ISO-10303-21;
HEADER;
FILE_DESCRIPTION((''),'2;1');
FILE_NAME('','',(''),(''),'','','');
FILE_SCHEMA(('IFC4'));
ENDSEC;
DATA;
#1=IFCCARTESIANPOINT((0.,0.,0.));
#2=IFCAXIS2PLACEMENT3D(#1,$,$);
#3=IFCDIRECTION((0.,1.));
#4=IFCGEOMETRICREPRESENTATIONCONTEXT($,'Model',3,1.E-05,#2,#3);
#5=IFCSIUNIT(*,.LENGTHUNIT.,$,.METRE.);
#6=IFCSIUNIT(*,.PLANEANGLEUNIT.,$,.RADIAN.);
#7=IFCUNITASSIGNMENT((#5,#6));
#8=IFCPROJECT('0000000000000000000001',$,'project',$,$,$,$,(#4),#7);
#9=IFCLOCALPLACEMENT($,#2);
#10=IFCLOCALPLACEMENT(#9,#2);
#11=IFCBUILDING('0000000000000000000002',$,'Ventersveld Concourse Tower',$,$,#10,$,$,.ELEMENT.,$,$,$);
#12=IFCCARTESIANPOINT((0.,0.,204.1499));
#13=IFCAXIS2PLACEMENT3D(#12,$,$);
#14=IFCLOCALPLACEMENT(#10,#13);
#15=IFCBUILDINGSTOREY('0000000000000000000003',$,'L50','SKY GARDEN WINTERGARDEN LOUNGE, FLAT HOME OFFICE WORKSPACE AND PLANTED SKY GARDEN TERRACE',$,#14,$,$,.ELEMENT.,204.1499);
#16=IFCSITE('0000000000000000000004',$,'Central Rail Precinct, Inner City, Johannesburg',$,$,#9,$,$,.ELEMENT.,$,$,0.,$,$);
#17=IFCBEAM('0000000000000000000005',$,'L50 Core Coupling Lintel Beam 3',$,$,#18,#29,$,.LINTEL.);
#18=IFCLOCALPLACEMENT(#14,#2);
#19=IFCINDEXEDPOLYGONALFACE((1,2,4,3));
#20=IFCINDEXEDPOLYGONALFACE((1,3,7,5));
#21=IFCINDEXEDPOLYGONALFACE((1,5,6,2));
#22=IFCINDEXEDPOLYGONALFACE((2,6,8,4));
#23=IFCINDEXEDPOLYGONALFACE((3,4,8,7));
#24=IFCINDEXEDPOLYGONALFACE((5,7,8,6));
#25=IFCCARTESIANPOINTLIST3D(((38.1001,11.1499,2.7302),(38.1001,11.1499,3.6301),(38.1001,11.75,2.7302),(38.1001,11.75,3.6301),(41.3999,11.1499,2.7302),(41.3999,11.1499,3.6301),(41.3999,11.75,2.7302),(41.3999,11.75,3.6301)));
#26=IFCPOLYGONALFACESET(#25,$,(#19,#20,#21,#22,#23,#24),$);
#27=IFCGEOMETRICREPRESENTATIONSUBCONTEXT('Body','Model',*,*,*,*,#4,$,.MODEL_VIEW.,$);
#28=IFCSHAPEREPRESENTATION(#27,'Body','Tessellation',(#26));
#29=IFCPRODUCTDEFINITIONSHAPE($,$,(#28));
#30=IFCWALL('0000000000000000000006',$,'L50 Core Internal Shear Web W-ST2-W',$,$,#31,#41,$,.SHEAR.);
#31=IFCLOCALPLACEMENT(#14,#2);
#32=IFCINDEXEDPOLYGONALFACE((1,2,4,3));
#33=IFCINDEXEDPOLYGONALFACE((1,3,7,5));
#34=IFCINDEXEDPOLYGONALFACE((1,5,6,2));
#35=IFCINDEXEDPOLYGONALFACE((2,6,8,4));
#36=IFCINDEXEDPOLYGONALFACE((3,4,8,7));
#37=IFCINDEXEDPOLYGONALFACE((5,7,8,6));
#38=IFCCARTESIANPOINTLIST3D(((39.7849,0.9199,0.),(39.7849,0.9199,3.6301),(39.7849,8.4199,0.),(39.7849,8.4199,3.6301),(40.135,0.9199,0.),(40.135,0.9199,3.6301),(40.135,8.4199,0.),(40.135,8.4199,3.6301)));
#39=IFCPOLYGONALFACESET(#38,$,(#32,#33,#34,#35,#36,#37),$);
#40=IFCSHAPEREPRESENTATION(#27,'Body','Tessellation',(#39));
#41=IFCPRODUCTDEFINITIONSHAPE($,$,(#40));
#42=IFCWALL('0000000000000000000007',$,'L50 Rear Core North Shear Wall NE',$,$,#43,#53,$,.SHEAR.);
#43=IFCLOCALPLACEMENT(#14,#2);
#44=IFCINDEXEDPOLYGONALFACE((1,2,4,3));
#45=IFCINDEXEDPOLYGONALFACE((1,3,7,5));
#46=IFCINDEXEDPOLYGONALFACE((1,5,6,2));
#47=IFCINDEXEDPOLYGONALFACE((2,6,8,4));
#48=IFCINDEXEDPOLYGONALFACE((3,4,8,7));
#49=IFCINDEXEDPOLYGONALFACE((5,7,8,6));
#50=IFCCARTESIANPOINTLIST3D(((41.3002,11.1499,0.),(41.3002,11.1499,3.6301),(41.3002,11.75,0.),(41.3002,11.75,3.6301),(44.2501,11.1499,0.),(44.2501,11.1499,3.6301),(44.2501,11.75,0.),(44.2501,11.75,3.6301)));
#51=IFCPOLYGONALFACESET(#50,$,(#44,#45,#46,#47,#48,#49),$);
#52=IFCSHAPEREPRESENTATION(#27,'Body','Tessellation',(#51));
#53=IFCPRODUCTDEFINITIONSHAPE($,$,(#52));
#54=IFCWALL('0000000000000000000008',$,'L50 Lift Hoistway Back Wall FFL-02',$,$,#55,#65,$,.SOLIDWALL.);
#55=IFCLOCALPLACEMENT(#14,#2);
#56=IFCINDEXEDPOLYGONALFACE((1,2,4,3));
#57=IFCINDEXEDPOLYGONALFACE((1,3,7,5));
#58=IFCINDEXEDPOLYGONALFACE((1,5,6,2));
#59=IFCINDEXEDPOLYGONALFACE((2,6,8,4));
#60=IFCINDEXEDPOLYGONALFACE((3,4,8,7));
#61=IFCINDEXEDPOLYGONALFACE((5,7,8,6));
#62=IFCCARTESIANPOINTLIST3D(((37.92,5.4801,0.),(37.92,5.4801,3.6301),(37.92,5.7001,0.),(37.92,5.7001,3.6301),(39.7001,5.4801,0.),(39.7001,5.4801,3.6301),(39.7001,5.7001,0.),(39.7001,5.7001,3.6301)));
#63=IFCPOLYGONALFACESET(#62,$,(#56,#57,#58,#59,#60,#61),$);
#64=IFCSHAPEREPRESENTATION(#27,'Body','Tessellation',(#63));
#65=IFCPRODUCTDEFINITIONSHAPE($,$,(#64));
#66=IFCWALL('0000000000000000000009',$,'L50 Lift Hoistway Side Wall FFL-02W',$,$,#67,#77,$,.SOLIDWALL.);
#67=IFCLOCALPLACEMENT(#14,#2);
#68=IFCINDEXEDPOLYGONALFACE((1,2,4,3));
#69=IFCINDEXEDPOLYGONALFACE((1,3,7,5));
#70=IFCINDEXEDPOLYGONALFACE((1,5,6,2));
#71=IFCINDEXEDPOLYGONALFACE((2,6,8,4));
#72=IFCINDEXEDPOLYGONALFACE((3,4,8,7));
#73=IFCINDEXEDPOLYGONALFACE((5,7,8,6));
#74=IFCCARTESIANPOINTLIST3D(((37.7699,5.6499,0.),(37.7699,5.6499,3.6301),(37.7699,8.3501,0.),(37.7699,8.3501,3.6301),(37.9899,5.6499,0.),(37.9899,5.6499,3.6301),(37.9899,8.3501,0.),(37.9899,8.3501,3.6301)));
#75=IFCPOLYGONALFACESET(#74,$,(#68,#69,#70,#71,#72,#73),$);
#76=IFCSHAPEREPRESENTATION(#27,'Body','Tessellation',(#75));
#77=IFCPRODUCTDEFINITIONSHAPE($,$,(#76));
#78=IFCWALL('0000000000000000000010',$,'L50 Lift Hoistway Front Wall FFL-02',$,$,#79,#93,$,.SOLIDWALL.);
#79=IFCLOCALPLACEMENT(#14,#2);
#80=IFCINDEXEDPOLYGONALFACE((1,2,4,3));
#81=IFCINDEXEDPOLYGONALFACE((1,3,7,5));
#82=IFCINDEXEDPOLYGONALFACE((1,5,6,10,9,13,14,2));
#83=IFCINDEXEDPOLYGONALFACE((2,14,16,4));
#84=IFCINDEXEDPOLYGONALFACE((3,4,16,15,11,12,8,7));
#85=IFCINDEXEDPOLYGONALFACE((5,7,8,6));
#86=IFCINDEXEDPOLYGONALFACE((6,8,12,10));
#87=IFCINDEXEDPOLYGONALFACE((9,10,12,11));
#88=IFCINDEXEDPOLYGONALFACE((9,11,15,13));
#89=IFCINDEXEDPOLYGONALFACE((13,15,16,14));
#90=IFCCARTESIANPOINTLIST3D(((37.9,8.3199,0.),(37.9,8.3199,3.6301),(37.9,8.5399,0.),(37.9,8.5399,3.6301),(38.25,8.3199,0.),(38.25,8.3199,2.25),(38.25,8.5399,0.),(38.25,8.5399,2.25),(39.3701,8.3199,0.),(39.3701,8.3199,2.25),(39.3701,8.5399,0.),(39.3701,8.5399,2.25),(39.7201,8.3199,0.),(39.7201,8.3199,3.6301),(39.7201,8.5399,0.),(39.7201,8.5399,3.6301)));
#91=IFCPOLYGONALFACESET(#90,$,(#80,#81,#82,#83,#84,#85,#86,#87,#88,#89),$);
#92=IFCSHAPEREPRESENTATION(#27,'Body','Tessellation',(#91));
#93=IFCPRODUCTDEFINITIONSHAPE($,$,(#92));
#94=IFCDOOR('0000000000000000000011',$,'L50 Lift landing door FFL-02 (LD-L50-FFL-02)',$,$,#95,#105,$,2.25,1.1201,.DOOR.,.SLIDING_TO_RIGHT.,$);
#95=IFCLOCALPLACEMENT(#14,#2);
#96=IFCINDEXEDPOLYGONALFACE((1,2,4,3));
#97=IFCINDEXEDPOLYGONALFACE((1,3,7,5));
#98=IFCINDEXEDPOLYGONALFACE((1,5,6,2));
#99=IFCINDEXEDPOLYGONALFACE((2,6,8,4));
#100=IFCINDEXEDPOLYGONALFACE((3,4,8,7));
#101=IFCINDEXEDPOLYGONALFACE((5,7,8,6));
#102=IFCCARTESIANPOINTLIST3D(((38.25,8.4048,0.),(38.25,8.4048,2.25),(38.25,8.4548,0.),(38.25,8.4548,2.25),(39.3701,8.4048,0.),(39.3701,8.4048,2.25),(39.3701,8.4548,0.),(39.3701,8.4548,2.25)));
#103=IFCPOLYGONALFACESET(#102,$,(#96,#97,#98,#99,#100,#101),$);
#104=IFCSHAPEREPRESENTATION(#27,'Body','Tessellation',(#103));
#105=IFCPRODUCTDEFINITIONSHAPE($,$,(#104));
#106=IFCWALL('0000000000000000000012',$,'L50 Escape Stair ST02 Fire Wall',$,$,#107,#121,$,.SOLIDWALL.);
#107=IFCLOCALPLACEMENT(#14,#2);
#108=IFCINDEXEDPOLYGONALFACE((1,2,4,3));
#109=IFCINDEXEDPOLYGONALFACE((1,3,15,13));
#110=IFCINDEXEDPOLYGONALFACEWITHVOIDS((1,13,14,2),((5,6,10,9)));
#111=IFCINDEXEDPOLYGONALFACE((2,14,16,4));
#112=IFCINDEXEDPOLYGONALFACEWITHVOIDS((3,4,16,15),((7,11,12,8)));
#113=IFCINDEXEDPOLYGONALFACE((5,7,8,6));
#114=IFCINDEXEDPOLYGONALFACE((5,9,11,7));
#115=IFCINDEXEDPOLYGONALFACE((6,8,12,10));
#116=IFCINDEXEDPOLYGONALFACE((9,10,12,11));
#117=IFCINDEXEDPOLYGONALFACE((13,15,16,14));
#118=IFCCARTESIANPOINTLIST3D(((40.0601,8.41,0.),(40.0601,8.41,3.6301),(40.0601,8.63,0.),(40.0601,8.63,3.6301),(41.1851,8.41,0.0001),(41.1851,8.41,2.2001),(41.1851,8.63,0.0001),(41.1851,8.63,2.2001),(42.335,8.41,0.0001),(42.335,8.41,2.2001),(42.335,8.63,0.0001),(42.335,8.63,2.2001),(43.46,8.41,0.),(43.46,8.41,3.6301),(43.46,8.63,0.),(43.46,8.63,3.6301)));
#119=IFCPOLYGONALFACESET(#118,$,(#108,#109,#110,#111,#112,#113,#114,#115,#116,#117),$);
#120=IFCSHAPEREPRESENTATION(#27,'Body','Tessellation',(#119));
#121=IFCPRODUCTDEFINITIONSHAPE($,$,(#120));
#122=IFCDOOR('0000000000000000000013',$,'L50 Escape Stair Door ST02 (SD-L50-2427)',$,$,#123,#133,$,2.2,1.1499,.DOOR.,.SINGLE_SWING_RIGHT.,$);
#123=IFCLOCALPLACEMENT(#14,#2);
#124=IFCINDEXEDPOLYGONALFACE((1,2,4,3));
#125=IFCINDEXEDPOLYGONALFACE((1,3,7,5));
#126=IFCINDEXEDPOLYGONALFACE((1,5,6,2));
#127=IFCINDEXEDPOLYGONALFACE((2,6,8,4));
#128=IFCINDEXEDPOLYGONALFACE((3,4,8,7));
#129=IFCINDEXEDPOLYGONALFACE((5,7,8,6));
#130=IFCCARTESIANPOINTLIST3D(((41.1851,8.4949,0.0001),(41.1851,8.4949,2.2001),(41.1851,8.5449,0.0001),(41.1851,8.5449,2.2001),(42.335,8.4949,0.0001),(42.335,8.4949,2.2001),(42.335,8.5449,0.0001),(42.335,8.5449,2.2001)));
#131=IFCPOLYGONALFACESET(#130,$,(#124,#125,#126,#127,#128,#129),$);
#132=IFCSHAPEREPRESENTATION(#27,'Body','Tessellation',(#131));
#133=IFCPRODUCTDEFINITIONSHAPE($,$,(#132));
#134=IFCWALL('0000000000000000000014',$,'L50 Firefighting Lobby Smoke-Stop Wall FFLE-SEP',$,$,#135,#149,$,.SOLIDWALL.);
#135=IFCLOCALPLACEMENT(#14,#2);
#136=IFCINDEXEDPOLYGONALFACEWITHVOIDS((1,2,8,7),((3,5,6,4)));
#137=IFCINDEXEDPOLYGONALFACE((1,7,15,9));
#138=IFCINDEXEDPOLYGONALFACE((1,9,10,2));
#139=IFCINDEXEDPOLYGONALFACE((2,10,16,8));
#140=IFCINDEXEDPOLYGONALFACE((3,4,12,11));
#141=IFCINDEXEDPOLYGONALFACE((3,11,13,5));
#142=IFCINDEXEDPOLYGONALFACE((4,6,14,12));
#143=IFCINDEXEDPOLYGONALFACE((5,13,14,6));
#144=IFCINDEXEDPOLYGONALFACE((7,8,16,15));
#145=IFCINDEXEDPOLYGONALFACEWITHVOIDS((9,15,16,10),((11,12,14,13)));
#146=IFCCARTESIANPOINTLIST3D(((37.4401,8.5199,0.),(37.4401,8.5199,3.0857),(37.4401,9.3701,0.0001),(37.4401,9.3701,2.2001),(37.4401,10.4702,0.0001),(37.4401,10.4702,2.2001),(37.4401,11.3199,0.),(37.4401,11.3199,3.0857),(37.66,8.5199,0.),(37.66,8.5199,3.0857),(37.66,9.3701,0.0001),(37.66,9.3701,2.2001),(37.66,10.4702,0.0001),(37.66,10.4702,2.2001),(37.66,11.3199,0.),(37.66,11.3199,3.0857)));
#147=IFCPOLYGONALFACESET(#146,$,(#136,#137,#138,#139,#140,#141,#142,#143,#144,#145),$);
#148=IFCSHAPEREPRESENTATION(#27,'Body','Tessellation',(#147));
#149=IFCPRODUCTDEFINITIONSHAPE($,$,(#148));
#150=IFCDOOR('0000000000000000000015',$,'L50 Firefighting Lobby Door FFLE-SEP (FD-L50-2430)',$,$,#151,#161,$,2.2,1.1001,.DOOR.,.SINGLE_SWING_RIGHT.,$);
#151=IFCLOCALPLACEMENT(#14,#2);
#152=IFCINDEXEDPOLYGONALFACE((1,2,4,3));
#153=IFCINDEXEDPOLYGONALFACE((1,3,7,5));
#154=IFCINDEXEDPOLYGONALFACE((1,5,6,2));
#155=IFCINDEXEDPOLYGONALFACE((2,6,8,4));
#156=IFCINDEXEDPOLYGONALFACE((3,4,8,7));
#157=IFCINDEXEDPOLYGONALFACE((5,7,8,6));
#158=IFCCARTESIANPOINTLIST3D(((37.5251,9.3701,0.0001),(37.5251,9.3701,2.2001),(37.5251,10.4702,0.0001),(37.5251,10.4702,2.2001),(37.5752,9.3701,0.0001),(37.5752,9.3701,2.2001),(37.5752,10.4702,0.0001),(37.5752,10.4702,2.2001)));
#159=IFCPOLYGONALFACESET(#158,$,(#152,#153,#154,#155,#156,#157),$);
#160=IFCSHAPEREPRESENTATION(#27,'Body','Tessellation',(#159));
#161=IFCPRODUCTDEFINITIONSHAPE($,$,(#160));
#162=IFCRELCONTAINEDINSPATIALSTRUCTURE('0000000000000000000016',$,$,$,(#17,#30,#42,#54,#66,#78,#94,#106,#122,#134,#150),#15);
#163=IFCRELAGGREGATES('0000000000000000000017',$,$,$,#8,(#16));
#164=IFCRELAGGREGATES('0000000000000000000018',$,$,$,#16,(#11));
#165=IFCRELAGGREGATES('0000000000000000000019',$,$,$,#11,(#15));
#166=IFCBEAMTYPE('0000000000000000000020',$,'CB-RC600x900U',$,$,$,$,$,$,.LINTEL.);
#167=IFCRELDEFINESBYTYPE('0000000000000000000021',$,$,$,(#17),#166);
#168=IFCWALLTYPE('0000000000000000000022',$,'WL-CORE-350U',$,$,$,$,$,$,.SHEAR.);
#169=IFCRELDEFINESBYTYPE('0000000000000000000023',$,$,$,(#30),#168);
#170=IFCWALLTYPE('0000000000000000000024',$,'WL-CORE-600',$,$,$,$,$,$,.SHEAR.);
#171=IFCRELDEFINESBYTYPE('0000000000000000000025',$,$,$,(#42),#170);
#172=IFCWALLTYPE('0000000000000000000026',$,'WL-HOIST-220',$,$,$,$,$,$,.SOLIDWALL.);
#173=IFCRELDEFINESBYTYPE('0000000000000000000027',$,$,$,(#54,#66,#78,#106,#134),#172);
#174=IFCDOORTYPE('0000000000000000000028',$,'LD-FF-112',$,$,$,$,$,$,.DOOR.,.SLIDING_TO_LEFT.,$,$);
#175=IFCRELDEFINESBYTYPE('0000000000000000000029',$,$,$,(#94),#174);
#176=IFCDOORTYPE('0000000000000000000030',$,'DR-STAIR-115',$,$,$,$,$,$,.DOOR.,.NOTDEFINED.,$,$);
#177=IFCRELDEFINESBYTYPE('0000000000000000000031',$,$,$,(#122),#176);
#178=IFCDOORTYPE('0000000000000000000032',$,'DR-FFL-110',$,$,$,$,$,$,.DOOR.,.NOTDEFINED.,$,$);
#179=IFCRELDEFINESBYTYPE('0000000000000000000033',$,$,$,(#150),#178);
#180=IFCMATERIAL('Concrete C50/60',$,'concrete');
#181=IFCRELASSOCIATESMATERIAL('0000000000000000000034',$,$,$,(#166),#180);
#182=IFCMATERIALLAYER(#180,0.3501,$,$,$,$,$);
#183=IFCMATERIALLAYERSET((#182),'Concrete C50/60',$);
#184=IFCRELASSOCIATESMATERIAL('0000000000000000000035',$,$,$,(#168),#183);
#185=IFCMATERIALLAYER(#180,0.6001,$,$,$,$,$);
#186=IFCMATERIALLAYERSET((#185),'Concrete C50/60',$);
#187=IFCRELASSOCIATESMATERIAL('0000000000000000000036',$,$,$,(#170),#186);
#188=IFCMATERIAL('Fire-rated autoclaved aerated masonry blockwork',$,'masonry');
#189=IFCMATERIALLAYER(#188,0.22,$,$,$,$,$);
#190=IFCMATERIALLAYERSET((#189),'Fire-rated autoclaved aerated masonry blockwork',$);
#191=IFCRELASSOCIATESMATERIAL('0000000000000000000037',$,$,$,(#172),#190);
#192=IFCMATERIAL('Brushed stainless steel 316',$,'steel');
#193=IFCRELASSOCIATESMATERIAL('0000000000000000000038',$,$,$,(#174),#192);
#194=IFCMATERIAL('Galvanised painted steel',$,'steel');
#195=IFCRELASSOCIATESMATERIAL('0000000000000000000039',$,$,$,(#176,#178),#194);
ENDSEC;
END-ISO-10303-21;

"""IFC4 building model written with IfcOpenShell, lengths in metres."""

from ifc_helpers import new_model, si_unit, direction, frame, frame_2d, origin, origin_2d, place, context, subcontext, project, spatial, rectangle, extrude, material, layer, layer_set, material_profile, profile_set, type_object, element, fill, save


model = new_model("IFC4")

# Units and contexts
model_context = context("Model", 3, precision=1e-05, world=origin(), true_north=direction((0.0, 1.0)))
body_context = subcontext(model_context, "Body", "Model", "MODEL_VIEW")
ifc_project = project(units=[si_unit("LENGTHUNIT", "METRE"), si_unit("PLANEANGLEUNIT", "RADIAN")], contexts=[model_context])

# Site, building, storey
site_placement = place(None, origin())
site = spatial("IfcSite", under=ifc_project, at=site_placement, Name="Central Rail Precinct, Inner City, Johannesburg", CompositionType="ELEMENT", RefElevation=0.0)
building_placement = place(site_placement, origin())
building = spatial("IfcBuilding", under=site, at=building_placement, Name="Ventersveld Concourse Tower", CompositionType="ELEMENT")
storey_placement = place(building_placement, frame((0.0, 0.0, 204.1499)))
storey = spatial("IfcBuildingStorey", under=building, at=storey_placement, Name="L50", Description="SKY GARDEN WINTERGARDEN LOUNGE, FLAT HOME OFFICE WORKSPACE AND PLANTED SKY GARDEN TERRACE", CompositionType="ELEMENT", Elevation=204.1499)

# Beam
ifc_material_1 = material(Name="Concrete C50/60", Category="concrete")
ifc_material_profile = material_profile(ifc_material_1, rectangle(XDim=0.6001, YDim=0.8999, at=origin_2d()), Name="RC 600x900")
ifc_profile_set = profile_set([ifc_material_profile], Name="Concrete C50/60")
beam_type = type_object("IfcBeamType", Name="CB-RC600x900U", PredefinedType="LINTEL", material=ifc_profile_set)
beam_placement = place(storey_placement, frame((38.1001, 11.45, 3.1802), z_axis=(1.0, 0.0, 0.0), x_axis=(0.0, 1.0, 0.0)))
element("IfcBeam", 1, at=beam_placement, inside=storey, type_object=beam_type, Name="L50 Core Coupling Lintel Beam 3", PredefinedType="LINTEL", context=body_context, shape_type="SweptSolid", body=[
    extrude(rectangle(XDim=0.6001, YDim=0.8999, at=origin_2d()), origin(), (0.0, 0.0, 1.0), 3.2998),
])

# Walls
ifc_layer_1 = layer(ifc_material_1, 0.3501)
ifc_layer_set_1 = layer_set([ifc_layer_1], Name="Concrete C50/60")
wall_type_1 = type_object("IfcWallType", Name="WL-CORE-350U", PredefinedType="SHEAR", material=ifc_layer_set_1)
wall_1_placement = place(storey_placement, frame((39.96, 0.9199, 0.0), z_axis=(0.0, 0.0, 1.0), x_axis=(0.0, 1.0, 0.0)))
element("IfcWall", 2, at=wall_1_placement, inside=storey, type_object=wall_type_1, Name="L50 Core Internal Shear Web W-ST2-W", PredefinedType="SHEAR", context=body_context, shape_type="SweptSolid", body=[
    extrude(rectangle(XDim=7.5, YDim=0.3501, at=frame_2d((3.75, 0.0))), origin(), (0.0, 0.0, 1.0), 3.6301),
])
ifc_layer_2 = layer(ifc_material_1, 0.6001)
ifc_layer_set_2 = layer_set([ifc_layer_2], Name="Concrete C50/60")
wall_type_2 = type_object("IfcWallType", Name="WL-CORE-600", PredefinedType="SHEAR", material=ifc_layer_set_2)
wall_2_placement = place(storey_placement, frame((41.3, 11.45, 0.0), z_axis=(0.0, 0.0, 1.0), x_axis=(1.0, 0.0, 0.0)))
element("IfcWall", 3, at=wall_2_placement, inside=storey, type_object=wall_type_2, Name="L50 Rear Core North Shear Wall NE", PredefinedType="SHEAR", context=body_context, shape_type="SweptSolid", body=[
    extrude(rectangle(XDim=2.95, YDim=0.6001, at=frame_2d((1.4751, 0.0))), origin(), (0.0, 0.0, 1.0), 3.6301),
])
ifc_material_2 = material(Name="Fire-rated autoclaved aerated masonry blockwork", Category="masonry")
ifc_layer_3 = layer(ifc_material_2, 0.22)
ifc_layer_set_3 = layer_set([ifc_layer_3], Name="Fire-rated autoclaved aerated masonry blockwork")
wall_type_3 = type_object("IfcWallType", Name="WL-HOIST-220", PredefinedType="SOLIDWALL", material=ifc_layer_set_3)
wall_3_placement = place(storey_placement, frame((37.9199, 5.5901, 0.0), z_axis=(0.0, 0.0, 1.0), x_axis=(1.0, 0.0, 0.0)))
element("IfcWall", 4, at=wall_3_placement, inside=storey, type_object=wall_type_3, Name="L50 Lift Hoistway Back Wall FFL-02", PredefinedType="SOLIDWALL", context=body_context, shape_type="SweptSolid", body=[
    extrude(rectangle(XDim=1.78, YDim=0.22, at=frame_2d((0.8901, 0.0))), origin(), (0.0, 0.0, 1.0), 3.6301),
])
wall_4_placement = place(storey_placement, frame((37.8799, 5.6499, 0.0), z_axis=(0.0, 0.0, 1.0), x_axis=(0.0, 1.0, 0.0)))
element("IfcWall", 5, at=wall_4_placement, inside=storey, type_object=wall_type_3, Name="L50 Lift Hoistway Side Wall FFL-02W", PredefinedType="SOLIDWALL", context=body_context, shape_type="SweptSolid", body=[
    extrude(rectangle(XDim=2.7002, YDim=0.22, at=frame_2d((1.3501, 0.0))), origin(), (0.0, 0.0, 1.0), 3.6301),
])

# Walls, openings, doors
wall_5_placement = place(storey_placement, frame((37.8999, 8.4299, 0.0), z_axis=(0.0, 0.0, 1.0), x_axis=(1.0, 0.0, 0.0)))
wall_5 = element("IfcWall", 6, at=wall_5_placement, inside=storey, type_object=wall_type_3, Name="L50 Lift Hoistway Front Wall FFL-02", PredefinedType="SOLIDWALL", context=body_context, shape_type="SweptSolid", body=[
    extrude(rectangle(XDim=1.8201, YDim=0.22, at=frame_2d((0.9102, 0.0))), origin(), (0.0, 0.0, 1.0), 3.6301),
])
opening_1_placement = place(wall_5_placement, frame((0.3501, 0.0, 0.0)))
opening_1 = element("IfcOpeningElement", 7, at=opening_1_placement, cuts=wall_5, PredefinedType="OPENING", context=body_context, shape_type="SweptSolid", body=[
    extrude(rectangle(XDim=1.1201, YDim=2.25, at=frame_2d((0.5601, 1.125))), frame((0.0, 0.1201, 0.0), z_axis=(0.0, -1.0, 0.0), x_axis=(1.0, 0.0, 0.0)), (0.0, 0.0, 1.0), 0.24),
])
ifc_material_3 = material(Name="Brushed stainless steel 316", Category="steel")
door_type_1 = type_object("IfcDoorType", Name="LD-FF-112", OperationType="SLIDING_TO_LEFT", PredefinedType="DOOR", material=ifc_material_3)
door_1_placement = place(opening_1_placement, origin())
door_1 = element("IfcDoor", 8, at=door_1_placement, inside=storey, type_object=door_type_1, Name="L50 Lift landing door FFL-02 (LD-L50-FFL-02)", OperationType="SLIDING_TO_RIGHT", OverallHeight=2.25, OverallWidth=1.1201, PredefinedType="DOOR", context=body_context, shape_type="SweptSolid", body=[
    extrude(rectangle(XDim=1.1201, YDim=2.25, at=frame_2d((0.5601, 1.125))), frame((0.0, 0.0249, 0.0), z_axis=(0.0, -1.0, 0.0), x_axis=(1.0, 0.0, 0.0)), (0.0, 0.0, 1.0), 0.05),
])
fill(opening_1, door_1)
wall_6_placement = place(storey_placement, frame((40.0601, 8.52, 0.0), z_axis=(0.0, 0.0, 1.0), x_axis=(1.0, 0.0, 0.0)))
wall_6 = element("IfcWall", 9, at=wall_6_placement, inside=storey, type_object=wall_type_3, Name="L50 Escape Stair ST02 Fire Wall", PredefinedType="SOLIDWALL", context=body_context, shape_type="SweptSolid", body=[
    extrude(rectangle(XDim=3.3999, YDim=0.22, at=frame_2d((1.7, 0.0))), origin(), (0.0, 0.0, 1.0), 3.6301),
])
opening_2_placement = place(wall_6_placement, frame((1.125, 0.0, 0.0)))
opening_2 = element("IfcOpeningElement", 10, at=opening_2_placement, cuts=wall_6, PredefinedType="OPENING", context=body_context, shape_type="SweptSolid", body=[
    extrude(rectangle(XDim=1.1499, YDim=2.2, at=frame_2d((0.575, 1.1001))), frame((0.0, 0.1201, 0.0), z_axis=(0.0, -1.0, 0.0), x_axis=(1.0, 0.0, 0.0)), (0.0, 0.0, 1.0), 0.24),
])
ifc_material_4 = material(Name="Galvanised painted steel", Category="steel")
door_type_2 = type_object("IfcDoorType", Name="DR-STAIR-115", OperationType="NOTDEFINED", PredefinedType="DOOR", material=ifc_material_4)
door_2_placement = place(opening_2_placement, origin())
door_2 = element("IfcDoor", 11, at=door_2_placement, inside=storey, type_object=door_type_2, Name="L50 Escape Stair Door ST02 (SD-L50-2427)", OperationType="SINGLE_SWING_RIGHT", OverallHeight=2.2, OverallWidth=1.1499, PredefinedType="DOOR", context=body_context, shape_type="SweptSolid", body=[
    extrude(rectangle(XDim=1.1499, YDim=2.2, at=frame_2d((0.575, 1.1001))), frame((0.0, 0.0249, 0.0), z_axis=(0.0, -1.0, 0.0), x_axis=(1.0, 0.0, 0.0)), (0.0, 0.0, 1.0), 0.05),
])
fill(opening_2, door_2)
wall_7_placement = place(storey_placement, frame((37.55, 8.52, 0.0), z_axis=(0.0, 0.0, 1.0), x_axis=(0.0, 1.0, 0.0)))
wall_7 = element("IfcWall", 12, at=wall_7_placement, inside=storey, type_object=wall_type_3, Name="L50 Firefighting Lobby Smoke-Stop Wall FFLE-SEP", PredefinedType="SOLIDWALL", context=body_context, shape_type="SweptSolid", body=[
    extrude(rectangle(XDim=2.8, YDim=0.22, at=frame_2d((1.3999, 0.0))), origin(), (0.0, 0.0, 1.0), 3.0857),
])
opening_3_placement = place(wall_7_placement, frame((0.8501, 0.0, 0.0)))
opening_3 = element("IfcOpeningElement", 13, at=opening_3_placement, cuts=wall_7, PredefinedType="OPENING", context=body_context, shape_type="SweptSolid", body=[
    extrude(rectangle(XDim=1.1001, YDim=2.2, at=frame_2d((0.55, 1.1001))), frame((0.0, 0.1201, 0.0), z_axis=(0.0, -1.0, 0.0), x_axis=(1.0, 0.0, 0.0)), (0.0, 0.0, 1.0), 0.24),
])
door_type_3 = type_object("IfcDoorType", Name="DR-FFL-110", OperationType="NOTDEFINED", PredefinedType="DOOR", material=ifc_material_4)
door_3_placement = place(opening_3_placement, origin())
door_3 = element("IfcDoor", 14, at=door_3_placement, inside=storey, type_object=door_type_3, Name="L50 Firefighting Lobby Door FFLE-SEP (FD-L50-2430)", OperationType="SINGLE_SWING_RIGHT", OverallHeight=2.2, OverallWidth=1.1001, PredefinedType="DOOR", context=body_context, shape_type="SweptSolid", body=[
    extrude(rectangle(XDim=1.1001, YDim=2.2, at=frame_2d((0.55, 1.1001))), frame((0.0, 0.0249, 0.0), z_axis=(0.0, -1.0, 0.0), x_axis=(1.0, 0.0, 0.0)), (0.0, 0.0, 1.0), 0.05),
])
fill(opening_3, door_3)

save(model, "model.ifc")
